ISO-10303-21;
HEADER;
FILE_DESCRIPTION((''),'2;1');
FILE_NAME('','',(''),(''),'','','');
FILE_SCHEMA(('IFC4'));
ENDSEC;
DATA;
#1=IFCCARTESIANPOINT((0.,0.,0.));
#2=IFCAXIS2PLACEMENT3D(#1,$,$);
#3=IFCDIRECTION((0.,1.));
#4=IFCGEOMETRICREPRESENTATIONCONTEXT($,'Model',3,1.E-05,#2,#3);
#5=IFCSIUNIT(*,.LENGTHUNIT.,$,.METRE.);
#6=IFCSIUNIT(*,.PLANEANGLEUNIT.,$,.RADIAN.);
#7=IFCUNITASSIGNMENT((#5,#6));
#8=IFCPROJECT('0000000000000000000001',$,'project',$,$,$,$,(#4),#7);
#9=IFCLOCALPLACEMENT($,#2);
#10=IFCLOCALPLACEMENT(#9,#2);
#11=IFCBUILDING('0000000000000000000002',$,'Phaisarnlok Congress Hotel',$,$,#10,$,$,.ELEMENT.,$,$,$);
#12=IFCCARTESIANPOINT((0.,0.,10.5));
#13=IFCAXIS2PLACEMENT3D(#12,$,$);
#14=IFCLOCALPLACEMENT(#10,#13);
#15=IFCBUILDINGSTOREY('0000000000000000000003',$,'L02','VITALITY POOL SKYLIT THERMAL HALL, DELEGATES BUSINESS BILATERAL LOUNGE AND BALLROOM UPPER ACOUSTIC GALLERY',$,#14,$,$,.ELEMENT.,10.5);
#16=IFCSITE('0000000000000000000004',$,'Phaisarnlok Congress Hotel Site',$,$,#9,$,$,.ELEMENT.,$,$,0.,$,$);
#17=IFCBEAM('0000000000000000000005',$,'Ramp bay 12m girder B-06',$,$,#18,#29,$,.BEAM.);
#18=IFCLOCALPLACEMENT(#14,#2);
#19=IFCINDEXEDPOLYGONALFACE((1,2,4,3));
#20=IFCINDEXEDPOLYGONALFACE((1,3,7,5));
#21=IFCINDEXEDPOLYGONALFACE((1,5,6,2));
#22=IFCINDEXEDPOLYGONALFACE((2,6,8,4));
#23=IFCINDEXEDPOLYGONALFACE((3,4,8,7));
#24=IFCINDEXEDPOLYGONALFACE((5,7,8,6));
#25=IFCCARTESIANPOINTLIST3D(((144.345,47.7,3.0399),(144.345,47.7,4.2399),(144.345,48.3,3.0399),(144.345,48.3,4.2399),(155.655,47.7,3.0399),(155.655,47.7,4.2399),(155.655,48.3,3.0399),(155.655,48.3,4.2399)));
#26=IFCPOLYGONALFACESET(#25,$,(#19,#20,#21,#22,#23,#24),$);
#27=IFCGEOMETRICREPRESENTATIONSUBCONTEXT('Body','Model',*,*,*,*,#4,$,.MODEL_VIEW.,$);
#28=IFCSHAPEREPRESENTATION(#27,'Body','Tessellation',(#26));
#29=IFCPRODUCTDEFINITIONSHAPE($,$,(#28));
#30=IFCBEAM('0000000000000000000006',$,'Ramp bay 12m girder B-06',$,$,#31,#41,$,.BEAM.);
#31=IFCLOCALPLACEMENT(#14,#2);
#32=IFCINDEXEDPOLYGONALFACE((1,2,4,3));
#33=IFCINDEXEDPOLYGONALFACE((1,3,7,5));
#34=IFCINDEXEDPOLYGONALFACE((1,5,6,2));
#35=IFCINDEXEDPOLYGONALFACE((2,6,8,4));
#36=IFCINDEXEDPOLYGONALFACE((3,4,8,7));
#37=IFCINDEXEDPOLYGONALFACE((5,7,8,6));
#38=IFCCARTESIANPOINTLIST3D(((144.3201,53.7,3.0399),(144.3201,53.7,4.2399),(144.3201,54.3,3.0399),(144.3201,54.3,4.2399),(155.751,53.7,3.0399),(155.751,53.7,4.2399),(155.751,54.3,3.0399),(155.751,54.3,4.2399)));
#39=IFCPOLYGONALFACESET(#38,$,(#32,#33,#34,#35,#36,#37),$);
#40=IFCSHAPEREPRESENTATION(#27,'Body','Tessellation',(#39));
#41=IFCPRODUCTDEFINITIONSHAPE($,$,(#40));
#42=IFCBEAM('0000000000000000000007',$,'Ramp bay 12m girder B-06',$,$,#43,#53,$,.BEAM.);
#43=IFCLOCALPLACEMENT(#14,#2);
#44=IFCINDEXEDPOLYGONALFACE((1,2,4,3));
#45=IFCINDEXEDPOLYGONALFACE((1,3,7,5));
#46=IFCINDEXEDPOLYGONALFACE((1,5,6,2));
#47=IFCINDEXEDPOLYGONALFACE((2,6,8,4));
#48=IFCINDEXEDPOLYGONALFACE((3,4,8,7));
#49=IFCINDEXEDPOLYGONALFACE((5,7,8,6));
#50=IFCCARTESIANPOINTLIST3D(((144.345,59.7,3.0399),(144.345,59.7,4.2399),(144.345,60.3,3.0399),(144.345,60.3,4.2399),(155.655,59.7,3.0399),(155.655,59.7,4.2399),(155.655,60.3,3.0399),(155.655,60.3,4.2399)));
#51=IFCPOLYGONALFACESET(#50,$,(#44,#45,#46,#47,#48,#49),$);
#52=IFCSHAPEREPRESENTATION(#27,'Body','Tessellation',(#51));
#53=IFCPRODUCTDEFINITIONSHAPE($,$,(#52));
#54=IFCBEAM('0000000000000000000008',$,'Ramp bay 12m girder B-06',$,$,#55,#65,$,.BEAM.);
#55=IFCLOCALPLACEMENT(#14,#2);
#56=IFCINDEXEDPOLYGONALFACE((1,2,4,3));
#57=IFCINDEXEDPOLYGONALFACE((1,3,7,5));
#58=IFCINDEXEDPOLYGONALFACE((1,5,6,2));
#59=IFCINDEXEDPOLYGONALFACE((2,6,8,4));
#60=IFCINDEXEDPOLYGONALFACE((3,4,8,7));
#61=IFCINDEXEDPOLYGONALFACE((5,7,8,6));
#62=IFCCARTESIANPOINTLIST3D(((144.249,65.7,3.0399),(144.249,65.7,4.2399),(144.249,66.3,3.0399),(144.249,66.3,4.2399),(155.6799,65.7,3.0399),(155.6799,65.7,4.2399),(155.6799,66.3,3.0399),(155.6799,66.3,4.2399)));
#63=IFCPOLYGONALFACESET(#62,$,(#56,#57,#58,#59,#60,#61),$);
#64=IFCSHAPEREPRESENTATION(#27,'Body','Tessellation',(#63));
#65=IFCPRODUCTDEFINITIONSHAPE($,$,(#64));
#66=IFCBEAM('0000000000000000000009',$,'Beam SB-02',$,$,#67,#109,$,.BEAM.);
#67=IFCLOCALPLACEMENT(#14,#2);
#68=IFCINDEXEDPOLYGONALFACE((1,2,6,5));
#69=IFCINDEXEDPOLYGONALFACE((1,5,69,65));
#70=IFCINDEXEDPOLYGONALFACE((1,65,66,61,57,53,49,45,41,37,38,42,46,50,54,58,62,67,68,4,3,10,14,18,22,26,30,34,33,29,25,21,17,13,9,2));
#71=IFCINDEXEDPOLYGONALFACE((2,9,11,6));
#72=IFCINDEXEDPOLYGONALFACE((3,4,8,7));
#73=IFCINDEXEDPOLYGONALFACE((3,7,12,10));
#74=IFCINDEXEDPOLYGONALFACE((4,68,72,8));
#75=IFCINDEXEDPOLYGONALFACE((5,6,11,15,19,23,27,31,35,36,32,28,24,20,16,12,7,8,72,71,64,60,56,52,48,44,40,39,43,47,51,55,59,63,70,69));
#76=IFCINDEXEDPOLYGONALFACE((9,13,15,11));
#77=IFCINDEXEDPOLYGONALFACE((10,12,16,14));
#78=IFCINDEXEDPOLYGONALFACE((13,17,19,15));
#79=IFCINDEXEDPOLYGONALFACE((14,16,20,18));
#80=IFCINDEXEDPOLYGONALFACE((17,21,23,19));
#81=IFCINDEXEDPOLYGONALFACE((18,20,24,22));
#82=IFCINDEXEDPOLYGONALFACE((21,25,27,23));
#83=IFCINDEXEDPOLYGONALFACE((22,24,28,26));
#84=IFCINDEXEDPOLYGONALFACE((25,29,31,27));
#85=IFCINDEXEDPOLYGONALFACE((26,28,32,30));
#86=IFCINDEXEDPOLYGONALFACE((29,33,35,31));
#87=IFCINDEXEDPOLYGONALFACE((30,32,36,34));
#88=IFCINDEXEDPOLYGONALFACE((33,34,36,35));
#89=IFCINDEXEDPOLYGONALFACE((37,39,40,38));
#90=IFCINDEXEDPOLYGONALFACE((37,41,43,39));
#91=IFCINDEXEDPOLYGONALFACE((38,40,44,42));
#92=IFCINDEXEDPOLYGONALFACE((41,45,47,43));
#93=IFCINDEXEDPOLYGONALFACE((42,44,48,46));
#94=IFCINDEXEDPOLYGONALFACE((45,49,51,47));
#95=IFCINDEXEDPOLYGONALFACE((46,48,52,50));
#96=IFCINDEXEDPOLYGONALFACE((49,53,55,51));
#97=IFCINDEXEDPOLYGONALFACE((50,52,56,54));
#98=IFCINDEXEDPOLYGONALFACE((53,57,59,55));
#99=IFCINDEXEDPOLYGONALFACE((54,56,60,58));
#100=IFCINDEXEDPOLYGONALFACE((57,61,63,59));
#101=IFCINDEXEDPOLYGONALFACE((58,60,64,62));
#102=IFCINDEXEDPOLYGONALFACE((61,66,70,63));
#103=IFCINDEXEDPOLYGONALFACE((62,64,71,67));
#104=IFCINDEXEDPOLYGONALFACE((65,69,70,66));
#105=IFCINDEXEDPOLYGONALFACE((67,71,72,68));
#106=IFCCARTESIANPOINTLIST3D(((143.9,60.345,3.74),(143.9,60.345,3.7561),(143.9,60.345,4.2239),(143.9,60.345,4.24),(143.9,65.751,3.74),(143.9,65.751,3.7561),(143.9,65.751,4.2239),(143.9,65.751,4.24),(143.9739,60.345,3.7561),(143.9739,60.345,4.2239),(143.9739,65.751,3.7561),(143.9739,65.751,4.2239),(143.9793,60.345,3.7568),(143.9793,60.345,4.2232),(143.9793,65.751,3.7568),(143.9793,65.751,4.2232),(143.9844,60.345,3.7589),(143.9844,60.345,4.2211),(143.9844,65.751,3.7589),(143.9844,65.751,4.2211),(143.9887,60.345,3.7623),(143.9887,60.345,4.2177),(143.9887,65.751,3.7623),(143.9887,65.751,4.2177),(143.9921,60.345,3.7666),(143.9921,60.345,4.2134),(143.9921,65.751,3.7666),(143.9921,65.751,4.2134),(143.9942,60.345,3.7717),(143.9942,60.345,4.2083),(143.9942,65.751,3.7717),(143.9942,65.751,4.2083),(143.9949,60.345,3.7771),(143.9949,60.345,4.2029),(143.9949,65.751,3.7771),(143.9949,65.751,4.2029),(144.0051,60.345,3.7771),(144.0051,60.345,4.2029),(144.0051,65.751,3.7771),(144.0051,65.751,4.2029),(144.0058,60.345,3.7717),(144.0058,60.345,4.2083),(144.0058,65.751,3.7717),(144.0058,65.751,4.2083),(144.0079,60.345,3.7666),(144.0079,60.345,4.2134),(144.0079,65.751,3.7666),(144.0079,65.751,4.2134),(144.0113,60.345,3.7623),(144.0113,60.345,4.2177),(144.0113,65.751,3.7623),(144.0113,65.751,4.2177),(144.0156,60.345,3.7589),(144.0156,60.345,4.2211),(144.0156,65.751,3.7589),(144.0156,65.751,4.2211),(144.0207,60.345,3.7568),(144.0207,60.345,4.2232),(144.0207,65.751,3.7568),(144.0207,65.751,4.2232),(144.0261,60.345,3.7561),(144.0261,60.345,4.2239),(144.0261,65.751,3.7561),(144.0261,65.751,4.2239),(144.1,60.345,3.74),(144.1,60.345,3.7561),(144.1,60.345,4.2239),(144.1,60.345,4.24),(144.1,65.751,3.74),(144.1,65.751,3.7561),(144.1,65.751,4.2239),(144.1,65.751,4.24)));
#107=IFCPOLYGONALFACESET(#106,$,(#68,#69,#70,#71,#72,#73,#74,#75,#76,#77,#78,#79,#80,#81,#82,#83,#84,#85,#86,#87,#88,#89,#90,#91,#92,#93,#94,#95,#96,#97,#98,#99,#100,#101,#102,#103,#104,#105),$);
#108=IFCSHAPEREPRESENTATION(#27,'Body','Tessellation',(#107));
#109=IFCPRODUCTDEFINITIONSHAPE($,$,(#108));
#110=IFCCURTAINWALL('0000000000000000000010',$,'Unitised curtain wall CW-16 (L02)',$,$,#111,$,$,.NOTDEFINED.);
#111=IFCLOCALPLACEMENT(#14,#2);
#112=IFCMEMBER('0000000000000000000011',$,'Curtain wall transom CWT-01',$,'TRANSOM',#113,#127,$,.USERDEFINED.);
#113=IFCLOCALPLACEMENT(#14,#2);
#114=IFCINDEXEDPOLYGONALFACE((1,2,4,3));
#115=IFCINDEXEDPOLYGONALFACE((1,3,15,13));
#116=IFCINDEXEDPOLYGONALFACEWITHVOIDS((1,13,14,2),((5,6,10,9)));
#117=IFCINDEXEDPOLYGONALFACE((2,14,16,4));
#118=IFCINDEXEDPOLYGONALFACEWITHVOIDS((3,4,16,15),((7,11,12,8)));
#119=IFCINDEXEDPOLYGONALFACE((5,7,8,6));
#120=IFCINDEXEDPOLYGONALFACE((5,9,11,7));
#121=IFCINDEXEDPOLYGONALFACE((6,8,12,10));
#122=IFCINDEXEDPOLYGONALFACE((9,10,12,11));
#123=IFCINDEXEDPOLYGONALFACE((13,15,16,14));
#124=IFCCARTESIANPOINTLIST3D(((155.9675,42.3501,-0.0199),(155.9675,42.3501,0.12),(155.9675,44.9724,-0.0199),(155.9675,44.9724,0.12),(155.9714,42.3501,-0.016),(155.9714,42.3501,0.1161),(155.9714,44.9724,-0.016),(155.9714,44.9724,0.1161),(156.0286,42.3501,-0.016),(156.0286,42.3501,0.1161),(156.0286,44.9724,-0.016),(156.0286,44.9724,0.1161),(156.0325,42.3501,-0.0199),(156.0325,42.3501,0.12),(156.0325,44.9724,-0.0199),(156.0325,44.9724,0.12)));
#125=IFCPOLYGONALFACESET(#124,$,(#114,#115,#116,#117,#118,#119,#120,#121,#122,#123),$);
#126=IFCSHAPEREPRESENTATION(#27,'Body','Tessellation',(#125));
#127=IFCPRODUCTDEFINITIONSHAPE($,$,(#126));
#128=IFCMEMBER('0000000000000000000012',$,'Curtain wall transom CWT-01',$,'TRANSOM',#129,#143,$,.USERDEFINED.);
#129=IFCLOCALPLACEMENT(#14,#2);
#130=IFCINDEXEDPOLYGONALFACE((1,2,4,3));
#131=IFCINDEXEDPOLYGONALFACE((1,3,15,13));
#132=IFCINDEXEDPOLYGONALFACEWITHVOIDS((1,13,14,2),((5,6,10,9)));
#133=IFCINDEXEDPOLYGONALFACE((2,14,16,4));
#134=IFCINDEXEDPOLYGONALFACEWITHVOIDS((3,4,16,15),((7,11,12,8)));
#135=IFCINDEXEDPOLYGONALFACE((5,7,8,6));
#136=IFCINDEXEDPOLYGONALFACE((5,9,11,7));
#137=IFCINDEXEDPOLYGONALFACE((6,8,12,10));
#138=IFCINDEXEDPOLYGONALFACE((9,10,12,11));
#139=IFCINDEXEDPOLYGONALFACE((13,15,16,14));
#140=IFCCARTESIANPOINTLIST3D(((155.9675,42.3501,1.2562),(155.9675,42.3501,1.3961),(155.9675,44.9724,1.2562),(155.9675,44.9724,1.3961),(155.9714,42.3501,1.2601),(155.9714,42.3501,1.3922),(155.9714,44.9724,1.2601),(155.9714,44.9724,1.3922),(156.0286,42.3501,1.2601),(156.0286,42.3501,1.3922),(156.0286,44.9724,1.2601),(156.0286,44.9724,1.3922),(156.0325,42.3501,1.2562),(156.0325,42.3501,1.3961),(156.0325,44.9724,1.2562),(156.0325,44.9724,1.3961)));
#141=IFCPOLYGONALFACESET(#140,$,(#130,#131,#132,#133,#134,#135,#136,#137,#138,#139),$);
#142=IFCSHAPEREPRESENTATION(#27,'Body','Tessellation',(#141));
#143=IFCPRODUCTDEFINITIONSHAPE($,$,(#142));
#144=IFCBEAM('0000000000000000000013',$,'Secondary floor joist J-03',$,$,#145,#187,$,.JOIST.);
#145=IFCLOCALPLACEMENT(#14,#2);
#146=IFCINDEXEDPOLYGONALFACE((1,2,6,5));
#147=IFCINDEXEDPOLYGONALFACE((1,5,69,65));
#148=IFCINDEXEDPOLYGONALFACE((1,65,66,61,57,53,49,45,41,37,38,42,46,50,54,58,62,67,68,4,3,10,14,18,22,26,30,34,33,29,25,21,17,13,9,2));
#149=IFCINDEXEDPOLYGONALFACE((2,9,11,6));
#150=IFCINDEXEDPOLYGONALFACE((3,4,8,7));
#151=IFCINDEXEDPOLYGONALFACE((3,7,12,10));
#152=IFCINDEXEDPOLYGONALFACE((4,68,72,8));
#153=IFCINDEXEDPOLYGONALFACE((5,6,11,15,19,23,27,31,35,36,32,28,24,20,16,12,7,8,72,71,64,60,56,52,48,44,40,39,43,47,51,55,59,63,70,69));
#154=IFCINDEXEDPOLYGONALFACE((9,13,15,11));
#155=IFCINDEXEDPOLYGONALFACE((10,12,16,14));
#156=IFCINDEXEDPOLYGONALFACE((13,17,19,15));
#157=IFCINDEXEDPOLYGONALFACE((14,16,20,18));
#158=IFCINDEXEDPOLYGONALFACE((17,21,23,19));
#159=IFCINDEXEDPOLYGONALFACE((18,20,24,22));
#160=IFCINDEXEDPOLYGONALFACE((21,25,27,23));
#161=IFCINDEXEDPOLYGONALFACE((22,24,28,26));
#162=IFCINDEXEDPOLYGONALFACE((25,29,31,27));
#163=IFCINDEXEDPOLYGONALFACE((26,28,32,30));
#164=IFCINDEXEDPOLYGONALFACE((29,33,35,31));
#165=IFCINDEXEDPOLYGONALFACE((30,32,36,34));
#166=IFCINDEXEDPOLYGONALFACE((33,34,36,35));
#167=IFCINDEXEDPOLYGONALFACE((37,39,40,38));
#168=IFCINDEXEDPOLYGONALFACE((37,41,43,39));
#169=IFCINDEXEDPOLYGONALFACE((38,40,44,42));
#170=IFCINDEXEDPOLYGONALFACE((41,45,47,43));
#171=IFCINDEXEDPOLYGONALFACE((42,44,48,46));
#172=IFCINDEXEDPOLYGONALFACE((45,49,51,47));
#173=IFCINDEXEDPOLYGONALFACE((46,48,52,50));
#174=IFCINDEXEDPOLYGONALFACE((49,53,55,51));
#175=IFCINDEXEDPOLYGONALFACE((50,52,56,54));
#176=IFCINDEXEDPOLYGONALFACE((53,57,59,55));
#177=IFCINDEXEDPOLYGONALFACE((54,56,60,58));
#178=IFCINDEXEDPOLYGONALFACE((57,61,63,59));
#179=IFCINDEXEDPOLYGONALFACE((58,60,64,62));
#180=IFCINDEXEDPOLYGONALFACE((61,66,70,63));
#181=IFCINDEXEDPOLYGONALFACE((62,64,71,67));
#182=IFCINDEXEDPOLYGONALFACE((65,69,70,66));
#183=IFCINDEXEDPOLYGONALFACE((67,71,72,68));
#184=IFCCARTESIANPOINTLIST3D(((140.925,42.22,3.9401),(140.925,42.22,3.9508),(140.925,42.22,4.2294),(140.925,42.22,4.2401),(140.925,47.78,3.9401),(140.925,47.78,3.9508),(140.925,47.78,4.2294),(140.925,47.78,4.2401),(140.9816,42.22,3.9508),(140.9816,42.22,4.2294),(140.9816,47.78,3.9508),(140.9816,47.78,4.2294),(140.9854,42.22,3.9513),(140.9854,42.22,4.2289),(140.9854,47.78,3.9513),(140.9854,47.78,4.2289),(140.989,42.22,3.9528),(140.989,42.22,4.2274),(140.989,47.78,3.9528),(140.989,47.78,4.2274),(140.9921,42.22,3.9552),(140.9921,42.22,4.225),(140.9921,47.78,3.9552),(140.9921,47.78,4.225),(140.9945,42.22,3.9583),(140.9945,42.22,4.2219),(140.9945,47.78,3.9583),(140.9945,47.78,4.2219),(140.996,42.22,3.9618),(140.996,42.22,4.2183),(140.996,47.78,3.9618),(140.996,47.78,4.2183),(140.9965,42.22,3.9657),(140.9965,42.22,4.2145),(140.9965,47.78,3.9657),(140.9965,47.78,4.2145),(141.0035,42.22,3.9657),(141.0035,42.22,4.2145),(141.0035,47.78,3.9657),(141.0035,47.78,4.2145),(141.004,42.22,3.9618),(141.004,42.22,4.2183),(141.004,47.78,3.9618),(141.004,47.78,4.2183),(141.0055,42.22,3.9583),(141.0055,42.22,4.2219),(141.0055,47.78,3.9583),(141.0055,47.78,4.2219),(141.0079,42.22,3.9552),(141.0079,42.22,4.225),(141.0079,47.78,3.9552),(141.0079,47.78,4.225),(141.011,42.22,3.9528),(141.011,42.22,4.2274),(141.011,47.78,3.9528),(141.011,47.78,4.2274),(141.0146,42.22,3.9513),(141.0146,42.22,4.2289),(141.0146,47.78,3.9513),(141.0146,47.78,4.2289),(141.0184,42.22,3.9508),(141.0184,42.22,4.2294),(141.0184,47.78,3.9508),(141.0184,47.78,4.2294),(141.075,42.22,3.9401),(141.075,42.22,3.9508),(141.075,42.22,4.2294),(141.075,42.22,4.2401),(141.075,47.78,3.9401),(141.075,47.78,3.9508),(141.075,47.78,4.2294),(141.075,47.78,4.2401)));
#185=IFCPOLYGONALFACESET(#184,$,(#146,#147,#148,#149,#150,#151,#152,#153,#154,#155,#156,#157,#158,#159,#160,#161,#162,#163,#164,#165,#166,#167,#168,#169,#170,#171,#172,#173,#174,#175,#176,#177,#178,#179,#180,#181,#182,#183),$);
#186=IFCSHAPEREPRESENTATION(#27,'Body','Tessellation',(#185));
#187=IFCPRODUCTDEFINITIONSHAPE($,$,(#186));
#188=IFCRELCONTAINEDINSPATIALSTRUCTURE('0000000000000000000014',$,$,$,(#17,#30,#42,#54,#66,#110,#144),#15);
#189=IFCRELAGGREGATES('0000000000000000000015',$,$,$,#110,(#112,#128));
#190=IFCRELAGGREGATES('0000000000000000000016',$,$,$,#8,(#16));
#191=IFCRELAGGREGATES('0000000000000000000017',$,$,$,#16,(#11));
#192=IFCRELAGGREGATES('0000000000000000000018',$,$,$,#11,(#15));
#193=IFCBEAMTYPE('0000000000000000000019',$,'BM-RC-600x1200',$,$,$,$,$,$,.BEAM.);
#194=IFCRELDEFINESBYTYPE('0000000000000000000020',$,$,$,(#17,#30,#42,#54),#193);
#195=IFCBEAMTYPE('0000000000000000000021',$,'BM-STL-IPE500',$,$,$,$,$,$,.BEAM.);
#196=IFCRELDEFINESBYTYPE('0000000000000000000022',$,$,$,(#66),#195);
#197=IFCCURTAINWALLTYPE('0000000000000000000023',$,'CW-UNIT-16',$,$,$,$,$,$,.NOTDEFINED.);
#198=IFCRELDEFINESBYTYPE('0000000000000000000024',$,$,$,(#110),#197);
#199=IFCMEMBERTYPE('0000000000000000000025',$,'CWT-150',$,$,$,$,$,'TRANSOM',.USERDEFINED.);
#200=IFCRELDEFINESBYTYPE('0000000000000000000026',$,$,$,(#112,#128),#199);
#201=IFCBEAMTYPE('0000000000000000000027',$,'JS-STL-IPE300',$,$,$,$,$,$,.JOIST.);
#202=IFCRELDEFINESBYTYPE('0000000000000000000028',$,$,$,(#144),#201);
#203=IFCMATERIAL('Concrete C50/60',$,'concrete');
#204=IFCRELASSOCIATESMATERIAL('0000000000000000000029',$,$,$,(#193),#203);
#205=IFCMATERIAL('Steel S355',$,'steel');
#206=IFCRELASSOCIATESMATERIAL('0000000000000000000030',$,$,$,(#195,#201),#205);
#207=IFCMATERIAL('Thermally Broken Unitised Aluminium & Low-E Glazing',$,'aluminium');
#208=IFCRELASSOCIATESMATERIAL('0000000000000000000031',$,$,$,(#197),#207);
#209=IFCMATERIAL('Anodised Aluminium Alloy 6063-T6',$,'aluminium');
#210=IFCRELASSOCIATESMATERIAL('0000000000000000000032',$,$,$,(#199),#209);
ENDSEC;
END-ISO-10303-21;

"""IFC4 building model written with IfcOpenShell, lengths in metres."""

from ifc_helpers import new_model, si_unit, direction, frame, origin, origin_2d, place, context, subcontext, project, spatial, rectangle, hollow_rectangle, i_section, extrude, material, material_profile, profile_set, type_object, element, aggregate, save


model = new_model("IFC4")

# Units and contexts
model_context = context("Model", 3, precision=1e-05, world=origin(), true_north=direction((0.0, 1.0)))
body_context = subcontext(model_context, "Body", "Model", "MODEL_VIEW")
ifc_project = project(units=[si_unit("LENGTHUNIT", "METRE"), si_unit("PLANEANGLEUNIT", "RADIAN")], contexts=[model_context])

# Site, building, storey
site_placement = place(None, origin())
site = spatial("IfcSite", under=ifc_project, at=site_placement, Name="Phaisarnlok Congress Hotel Site", CompositionType="ELEMENT", RefElevation=0.0)
building_placement = place(site_placement, origin())
building = spatial("IfcBuilding", under=site, at=building_placement, Name="Phaisarnlok Congress Hotel", CompositionType="ELEMENT")
storey_placement = place(building_placement, frame((0.0, 0.0, 10.5)))
storey = spatial("IfcBuildingStorey", under=building, at=storey_placement, Name="L02", Description="VITALITY POOL SKYLIT THERMAL HALL, DELEGATES BUSINESS BILATERAL LOUNGE AND BALLROOM UPPER ACOUSTIC GALLERY", CompositionType="ELEMENT", Elevation=10.5)

# Shared definitions
ifc_material_1 = material(Name="Concrete C50/60", Category="concrete")
ifc_material_2 = material(Name="Steel S355", Category="steel")

# Beams
ifc_material_profile_1 = material_profile(ifc_material_1, rectangle(XDim=0.6001, YDim=1.2, at=origin_2d()), Name="RC 600x1200")
ifc_profile_set_1 = profile_set([ifc_material_profile_1], Name="Concrete C50/60")
beam_type_1 = type_object("IfcBeamType", Name="BM-RC-600x1200", PredefinedType="BEAM", material=ifc_profile_set_1)
beam_1_placement = place(storey_placement, frame((144.345, 48.0, 3.6399), z_axis=(1.0, 0.0, 0.0), x_axis=(0.0, 1.0, 0.0)))
element("IfcBeam", 1, at=beam_1_placement, inside=storey, type_object=beam_type_1, Name="Ramp bay 12m girder B-06", PredefinedType="BEAM", context=body_context, shape_type="SweptSolid", body=[
    extrude(rectangle(XDim=0.6001, YDim=1.2, at=origin_2d()), origin(), (0.0, 0.0, 1.0), 11.3101),
])
beam_2_placement = place(storey_placement, frame((144.3201, 54.0, 3.6399), z_axis=(1.0, 0.0, 0.0), x_axis=(0.0, 1.0, 0.0)))
element("IfcBeam", 2, at=beam_2_placement, inside=storey, type_object=beam_type_1, Name="Ramp bay 12m girder B-06", PredefinedType="BEAM", context=body_context, shape_type="SweptSolid", body=[
    extrude(rectangle(XDim=0.6001, YDim=1.2, at=origin_2d()), origin(), (0.0, 0.0, 1.0), 11.4309),
])
beam_3_placement = place(storey_placement, frame((144.345, 60.0, 3.6399), z_axis=(1.0, 0.0, 0.0), x_axis=(0.0, 1.0, 0.0)))
element("IfcBeam", 3, at=beam_3_placement, inside=storey, type_object=beam_type_1, Name="Ramp bay 12m girder B-06", PredefinedType="BEAM", context=body_context, shape_type="SweptSolid", body=[
    extrude(rectangle(XDim=0.6001, YDim=1.2, at=origin_2d()), origin(), (0.0, 0.0, 1.0), 11.3101),
])
beam_4_placement = place(storey_placement, frame((144.249, 66.0, 3.6399), z_axis=(1.0, 0.0, 0.0), x_axis=(0.0, 1.0, 0.0)))
element("IfcBeam", 4, at=beam_4_placement, inside=storey, type_object=beam_type_1, Name="Ramp bay 12m girder B-06", PredefinedType="BEAM", context=body_context, shape_type="SweptSolid", body=[
    extrude(rectangle(XDim=0.6001, YDim=1.2, at=origin_2d()), origin(), (0.0, 0.0, 1.0), 11.4309),
])
ifc_material_profile_2 = material_profile(ifc_material_2, i_section(OverallWidth=0.2, OverallDepth=0.5, WebThickness=0.0103, FlangeThickness=0.0161, FilletRadius=0.021, at=origin_2d()), Name="IPE 500")
ifc_profile_set_2 = profile_set([ifc_material_profile_2], Name="Steel S355")
beam_type_2 = type_object("IfcBeamType", Name="BM-STL-IPE500", PredefinedType="BEAM", material=ifc_profile_set_2)
beam_5_placement = place(storey_placement, frame((144.0, 60.345, 3.99), z_axis=(0.0, 1.0, 0.0), x_axis=(-1.0, 0.0, 0.0)))
element("IfcBeam", 5, at=beam_5_placement, inside=storey, type_object=beam_type_2, Name="Beam SB-02", PredefinedType="BEAM", context=body_context, shape_type="SweptSolid", body=[
    extrude(i_section(OverallWidth=0.2, OverallDepth=0.5, WebThickness=0.0103, FlangeThickness=0.0161, FilletRadius=0.021, at=origin_2d()), origin(), (0.0, 0.0, 1.0), 5.406),
])

# Curtain wall, members
ifc_material_3 = material(Name="Thermally Broken Unitised Aluminium & Low-E Glazing", Category="aluminium")
curtain_wall_type = type_object("IfcCurtainWallType", Name="CW-UNIT-16", PredefinedType="NOTDEFINED", material=ifc_material_3)
curtain_wall_placement = place(storey_placement, origin())
curtain_wall = element("IfcCurtainWall", 6, at=curtain_wall_placement, inside=storey, type_object=curtain_wall_type, Name="Unitised curtain wall CW-16 (L02)", PredefinedType="NOTDEFINED")
ifc_material_4 = material(Name="Anodised Aluminium Alloy 6063-T6", Category="aluminium")
ifc_material_profile_3 = material_profile(ifc_material_4, hollow_rectangle(XDim=0.0649, YDim=0.1399, WallThickness=0.0039, at=origin_2d()), Name="ALU-T 65x140x4")
ifc_profile_set_3 = profile_set([ifc_material_profile_3], Name="Anodised Aluminium Alloy 6063-T6")
member_type = type_object("IfcMemberType", Name="CWT-150", ElementType="TRANSOM", PredefinedType="USERDEFINED", material=ifc_profile_set_3)
member_1_placement = place(storey_placement, frame((156.0, 42.3501, 0.05), z_axis=(0.0, 1.0, 0.0), x_axis=(-1.0, 0.0, 0.0)))
member_1 = element("IfcMember", 7, at=member_1_placement, type_object=member_type, Name="Curtain wall transom CWT-01", ObjectType="TRANSOM", PredefinedType="USERDEFINED", context=body_context, shape_type="SweptSolid", body=[
    extrude(hollow_rectangle(XDim=0.0649, YDim=0.1399, WallThickness=0.0039, at=origin_2d()), origin(), (0.0, 0.0, 1.0), 2.6223),
])
member_2_placement = place(storey_placement, frame((156.0, 42.3501, 1.3262), z_axis=(0.0, 1.0, 0.0), x_axis=(-1.0, 0.0, 0.0)))
member_2 = element("IfcMember", 8, at=member_2_placement, type_object=member_type, Name="Curtain wall transom CWT-01", ObjectType="TRANSOM", PredefinedType="USERDEFINED", context=body_context, shape_type="SweptSolid", body=[
    extrude(hollow_rectangle(XDim=0.0649, YDim=0.1399, WallThickness=0.0039, at=origin_2d()), origin(), (0.0, 0.0, 1.0), 2.6223),
])
aggregate(curtain_wall, [member_1, member_2])

# Beam
ifc_material_profile_4 = material_profile(ifc_material_2, i_section(OverallWidth=0.1499, OverallDepth=0.3, WebThickness=0.0071, FlangeThickness=0.0107, FilletRadius=0.0149, at=origin_2d()), Name="IPE 300")
ifc_profile_set_4 = profile_set([ifc_material_profile_4], Name="Steel S355")
beam_type_3 = type_object("IfcBeamType", Name="JS-STL-IPE300", PredefinedType="JOIST", material=ifc_profile_set_4)
for number, where, z_axis, x_axis, name in (
    (9, (141.0, 42.22, 4.0901), (0.0, 1.0, 0.0), (-1.0, 0.0, 0.0), "Secondary floor joist J-03"),
):
    element("IfcBeam", number, at=place(storey_placement, frame(where, z_axis=z_axis, x_axis=x_axis)), inside=storey, type_object=beam_type_3, Name=name, PredefinedType="JOIST", context=body_context, shape_type="SweptSolid", body=[
        extrude(i_section(OverallWidth=0.1499, OverallDepth=0.3, WebThickness=0.0071, FlangeThickness=0.0107, FilletRadius=0.0149, at=origin_2d()), origin(), (0.0, 0.0, 1.0), 5.5601),
    ])

save(model, "model.ifc")
